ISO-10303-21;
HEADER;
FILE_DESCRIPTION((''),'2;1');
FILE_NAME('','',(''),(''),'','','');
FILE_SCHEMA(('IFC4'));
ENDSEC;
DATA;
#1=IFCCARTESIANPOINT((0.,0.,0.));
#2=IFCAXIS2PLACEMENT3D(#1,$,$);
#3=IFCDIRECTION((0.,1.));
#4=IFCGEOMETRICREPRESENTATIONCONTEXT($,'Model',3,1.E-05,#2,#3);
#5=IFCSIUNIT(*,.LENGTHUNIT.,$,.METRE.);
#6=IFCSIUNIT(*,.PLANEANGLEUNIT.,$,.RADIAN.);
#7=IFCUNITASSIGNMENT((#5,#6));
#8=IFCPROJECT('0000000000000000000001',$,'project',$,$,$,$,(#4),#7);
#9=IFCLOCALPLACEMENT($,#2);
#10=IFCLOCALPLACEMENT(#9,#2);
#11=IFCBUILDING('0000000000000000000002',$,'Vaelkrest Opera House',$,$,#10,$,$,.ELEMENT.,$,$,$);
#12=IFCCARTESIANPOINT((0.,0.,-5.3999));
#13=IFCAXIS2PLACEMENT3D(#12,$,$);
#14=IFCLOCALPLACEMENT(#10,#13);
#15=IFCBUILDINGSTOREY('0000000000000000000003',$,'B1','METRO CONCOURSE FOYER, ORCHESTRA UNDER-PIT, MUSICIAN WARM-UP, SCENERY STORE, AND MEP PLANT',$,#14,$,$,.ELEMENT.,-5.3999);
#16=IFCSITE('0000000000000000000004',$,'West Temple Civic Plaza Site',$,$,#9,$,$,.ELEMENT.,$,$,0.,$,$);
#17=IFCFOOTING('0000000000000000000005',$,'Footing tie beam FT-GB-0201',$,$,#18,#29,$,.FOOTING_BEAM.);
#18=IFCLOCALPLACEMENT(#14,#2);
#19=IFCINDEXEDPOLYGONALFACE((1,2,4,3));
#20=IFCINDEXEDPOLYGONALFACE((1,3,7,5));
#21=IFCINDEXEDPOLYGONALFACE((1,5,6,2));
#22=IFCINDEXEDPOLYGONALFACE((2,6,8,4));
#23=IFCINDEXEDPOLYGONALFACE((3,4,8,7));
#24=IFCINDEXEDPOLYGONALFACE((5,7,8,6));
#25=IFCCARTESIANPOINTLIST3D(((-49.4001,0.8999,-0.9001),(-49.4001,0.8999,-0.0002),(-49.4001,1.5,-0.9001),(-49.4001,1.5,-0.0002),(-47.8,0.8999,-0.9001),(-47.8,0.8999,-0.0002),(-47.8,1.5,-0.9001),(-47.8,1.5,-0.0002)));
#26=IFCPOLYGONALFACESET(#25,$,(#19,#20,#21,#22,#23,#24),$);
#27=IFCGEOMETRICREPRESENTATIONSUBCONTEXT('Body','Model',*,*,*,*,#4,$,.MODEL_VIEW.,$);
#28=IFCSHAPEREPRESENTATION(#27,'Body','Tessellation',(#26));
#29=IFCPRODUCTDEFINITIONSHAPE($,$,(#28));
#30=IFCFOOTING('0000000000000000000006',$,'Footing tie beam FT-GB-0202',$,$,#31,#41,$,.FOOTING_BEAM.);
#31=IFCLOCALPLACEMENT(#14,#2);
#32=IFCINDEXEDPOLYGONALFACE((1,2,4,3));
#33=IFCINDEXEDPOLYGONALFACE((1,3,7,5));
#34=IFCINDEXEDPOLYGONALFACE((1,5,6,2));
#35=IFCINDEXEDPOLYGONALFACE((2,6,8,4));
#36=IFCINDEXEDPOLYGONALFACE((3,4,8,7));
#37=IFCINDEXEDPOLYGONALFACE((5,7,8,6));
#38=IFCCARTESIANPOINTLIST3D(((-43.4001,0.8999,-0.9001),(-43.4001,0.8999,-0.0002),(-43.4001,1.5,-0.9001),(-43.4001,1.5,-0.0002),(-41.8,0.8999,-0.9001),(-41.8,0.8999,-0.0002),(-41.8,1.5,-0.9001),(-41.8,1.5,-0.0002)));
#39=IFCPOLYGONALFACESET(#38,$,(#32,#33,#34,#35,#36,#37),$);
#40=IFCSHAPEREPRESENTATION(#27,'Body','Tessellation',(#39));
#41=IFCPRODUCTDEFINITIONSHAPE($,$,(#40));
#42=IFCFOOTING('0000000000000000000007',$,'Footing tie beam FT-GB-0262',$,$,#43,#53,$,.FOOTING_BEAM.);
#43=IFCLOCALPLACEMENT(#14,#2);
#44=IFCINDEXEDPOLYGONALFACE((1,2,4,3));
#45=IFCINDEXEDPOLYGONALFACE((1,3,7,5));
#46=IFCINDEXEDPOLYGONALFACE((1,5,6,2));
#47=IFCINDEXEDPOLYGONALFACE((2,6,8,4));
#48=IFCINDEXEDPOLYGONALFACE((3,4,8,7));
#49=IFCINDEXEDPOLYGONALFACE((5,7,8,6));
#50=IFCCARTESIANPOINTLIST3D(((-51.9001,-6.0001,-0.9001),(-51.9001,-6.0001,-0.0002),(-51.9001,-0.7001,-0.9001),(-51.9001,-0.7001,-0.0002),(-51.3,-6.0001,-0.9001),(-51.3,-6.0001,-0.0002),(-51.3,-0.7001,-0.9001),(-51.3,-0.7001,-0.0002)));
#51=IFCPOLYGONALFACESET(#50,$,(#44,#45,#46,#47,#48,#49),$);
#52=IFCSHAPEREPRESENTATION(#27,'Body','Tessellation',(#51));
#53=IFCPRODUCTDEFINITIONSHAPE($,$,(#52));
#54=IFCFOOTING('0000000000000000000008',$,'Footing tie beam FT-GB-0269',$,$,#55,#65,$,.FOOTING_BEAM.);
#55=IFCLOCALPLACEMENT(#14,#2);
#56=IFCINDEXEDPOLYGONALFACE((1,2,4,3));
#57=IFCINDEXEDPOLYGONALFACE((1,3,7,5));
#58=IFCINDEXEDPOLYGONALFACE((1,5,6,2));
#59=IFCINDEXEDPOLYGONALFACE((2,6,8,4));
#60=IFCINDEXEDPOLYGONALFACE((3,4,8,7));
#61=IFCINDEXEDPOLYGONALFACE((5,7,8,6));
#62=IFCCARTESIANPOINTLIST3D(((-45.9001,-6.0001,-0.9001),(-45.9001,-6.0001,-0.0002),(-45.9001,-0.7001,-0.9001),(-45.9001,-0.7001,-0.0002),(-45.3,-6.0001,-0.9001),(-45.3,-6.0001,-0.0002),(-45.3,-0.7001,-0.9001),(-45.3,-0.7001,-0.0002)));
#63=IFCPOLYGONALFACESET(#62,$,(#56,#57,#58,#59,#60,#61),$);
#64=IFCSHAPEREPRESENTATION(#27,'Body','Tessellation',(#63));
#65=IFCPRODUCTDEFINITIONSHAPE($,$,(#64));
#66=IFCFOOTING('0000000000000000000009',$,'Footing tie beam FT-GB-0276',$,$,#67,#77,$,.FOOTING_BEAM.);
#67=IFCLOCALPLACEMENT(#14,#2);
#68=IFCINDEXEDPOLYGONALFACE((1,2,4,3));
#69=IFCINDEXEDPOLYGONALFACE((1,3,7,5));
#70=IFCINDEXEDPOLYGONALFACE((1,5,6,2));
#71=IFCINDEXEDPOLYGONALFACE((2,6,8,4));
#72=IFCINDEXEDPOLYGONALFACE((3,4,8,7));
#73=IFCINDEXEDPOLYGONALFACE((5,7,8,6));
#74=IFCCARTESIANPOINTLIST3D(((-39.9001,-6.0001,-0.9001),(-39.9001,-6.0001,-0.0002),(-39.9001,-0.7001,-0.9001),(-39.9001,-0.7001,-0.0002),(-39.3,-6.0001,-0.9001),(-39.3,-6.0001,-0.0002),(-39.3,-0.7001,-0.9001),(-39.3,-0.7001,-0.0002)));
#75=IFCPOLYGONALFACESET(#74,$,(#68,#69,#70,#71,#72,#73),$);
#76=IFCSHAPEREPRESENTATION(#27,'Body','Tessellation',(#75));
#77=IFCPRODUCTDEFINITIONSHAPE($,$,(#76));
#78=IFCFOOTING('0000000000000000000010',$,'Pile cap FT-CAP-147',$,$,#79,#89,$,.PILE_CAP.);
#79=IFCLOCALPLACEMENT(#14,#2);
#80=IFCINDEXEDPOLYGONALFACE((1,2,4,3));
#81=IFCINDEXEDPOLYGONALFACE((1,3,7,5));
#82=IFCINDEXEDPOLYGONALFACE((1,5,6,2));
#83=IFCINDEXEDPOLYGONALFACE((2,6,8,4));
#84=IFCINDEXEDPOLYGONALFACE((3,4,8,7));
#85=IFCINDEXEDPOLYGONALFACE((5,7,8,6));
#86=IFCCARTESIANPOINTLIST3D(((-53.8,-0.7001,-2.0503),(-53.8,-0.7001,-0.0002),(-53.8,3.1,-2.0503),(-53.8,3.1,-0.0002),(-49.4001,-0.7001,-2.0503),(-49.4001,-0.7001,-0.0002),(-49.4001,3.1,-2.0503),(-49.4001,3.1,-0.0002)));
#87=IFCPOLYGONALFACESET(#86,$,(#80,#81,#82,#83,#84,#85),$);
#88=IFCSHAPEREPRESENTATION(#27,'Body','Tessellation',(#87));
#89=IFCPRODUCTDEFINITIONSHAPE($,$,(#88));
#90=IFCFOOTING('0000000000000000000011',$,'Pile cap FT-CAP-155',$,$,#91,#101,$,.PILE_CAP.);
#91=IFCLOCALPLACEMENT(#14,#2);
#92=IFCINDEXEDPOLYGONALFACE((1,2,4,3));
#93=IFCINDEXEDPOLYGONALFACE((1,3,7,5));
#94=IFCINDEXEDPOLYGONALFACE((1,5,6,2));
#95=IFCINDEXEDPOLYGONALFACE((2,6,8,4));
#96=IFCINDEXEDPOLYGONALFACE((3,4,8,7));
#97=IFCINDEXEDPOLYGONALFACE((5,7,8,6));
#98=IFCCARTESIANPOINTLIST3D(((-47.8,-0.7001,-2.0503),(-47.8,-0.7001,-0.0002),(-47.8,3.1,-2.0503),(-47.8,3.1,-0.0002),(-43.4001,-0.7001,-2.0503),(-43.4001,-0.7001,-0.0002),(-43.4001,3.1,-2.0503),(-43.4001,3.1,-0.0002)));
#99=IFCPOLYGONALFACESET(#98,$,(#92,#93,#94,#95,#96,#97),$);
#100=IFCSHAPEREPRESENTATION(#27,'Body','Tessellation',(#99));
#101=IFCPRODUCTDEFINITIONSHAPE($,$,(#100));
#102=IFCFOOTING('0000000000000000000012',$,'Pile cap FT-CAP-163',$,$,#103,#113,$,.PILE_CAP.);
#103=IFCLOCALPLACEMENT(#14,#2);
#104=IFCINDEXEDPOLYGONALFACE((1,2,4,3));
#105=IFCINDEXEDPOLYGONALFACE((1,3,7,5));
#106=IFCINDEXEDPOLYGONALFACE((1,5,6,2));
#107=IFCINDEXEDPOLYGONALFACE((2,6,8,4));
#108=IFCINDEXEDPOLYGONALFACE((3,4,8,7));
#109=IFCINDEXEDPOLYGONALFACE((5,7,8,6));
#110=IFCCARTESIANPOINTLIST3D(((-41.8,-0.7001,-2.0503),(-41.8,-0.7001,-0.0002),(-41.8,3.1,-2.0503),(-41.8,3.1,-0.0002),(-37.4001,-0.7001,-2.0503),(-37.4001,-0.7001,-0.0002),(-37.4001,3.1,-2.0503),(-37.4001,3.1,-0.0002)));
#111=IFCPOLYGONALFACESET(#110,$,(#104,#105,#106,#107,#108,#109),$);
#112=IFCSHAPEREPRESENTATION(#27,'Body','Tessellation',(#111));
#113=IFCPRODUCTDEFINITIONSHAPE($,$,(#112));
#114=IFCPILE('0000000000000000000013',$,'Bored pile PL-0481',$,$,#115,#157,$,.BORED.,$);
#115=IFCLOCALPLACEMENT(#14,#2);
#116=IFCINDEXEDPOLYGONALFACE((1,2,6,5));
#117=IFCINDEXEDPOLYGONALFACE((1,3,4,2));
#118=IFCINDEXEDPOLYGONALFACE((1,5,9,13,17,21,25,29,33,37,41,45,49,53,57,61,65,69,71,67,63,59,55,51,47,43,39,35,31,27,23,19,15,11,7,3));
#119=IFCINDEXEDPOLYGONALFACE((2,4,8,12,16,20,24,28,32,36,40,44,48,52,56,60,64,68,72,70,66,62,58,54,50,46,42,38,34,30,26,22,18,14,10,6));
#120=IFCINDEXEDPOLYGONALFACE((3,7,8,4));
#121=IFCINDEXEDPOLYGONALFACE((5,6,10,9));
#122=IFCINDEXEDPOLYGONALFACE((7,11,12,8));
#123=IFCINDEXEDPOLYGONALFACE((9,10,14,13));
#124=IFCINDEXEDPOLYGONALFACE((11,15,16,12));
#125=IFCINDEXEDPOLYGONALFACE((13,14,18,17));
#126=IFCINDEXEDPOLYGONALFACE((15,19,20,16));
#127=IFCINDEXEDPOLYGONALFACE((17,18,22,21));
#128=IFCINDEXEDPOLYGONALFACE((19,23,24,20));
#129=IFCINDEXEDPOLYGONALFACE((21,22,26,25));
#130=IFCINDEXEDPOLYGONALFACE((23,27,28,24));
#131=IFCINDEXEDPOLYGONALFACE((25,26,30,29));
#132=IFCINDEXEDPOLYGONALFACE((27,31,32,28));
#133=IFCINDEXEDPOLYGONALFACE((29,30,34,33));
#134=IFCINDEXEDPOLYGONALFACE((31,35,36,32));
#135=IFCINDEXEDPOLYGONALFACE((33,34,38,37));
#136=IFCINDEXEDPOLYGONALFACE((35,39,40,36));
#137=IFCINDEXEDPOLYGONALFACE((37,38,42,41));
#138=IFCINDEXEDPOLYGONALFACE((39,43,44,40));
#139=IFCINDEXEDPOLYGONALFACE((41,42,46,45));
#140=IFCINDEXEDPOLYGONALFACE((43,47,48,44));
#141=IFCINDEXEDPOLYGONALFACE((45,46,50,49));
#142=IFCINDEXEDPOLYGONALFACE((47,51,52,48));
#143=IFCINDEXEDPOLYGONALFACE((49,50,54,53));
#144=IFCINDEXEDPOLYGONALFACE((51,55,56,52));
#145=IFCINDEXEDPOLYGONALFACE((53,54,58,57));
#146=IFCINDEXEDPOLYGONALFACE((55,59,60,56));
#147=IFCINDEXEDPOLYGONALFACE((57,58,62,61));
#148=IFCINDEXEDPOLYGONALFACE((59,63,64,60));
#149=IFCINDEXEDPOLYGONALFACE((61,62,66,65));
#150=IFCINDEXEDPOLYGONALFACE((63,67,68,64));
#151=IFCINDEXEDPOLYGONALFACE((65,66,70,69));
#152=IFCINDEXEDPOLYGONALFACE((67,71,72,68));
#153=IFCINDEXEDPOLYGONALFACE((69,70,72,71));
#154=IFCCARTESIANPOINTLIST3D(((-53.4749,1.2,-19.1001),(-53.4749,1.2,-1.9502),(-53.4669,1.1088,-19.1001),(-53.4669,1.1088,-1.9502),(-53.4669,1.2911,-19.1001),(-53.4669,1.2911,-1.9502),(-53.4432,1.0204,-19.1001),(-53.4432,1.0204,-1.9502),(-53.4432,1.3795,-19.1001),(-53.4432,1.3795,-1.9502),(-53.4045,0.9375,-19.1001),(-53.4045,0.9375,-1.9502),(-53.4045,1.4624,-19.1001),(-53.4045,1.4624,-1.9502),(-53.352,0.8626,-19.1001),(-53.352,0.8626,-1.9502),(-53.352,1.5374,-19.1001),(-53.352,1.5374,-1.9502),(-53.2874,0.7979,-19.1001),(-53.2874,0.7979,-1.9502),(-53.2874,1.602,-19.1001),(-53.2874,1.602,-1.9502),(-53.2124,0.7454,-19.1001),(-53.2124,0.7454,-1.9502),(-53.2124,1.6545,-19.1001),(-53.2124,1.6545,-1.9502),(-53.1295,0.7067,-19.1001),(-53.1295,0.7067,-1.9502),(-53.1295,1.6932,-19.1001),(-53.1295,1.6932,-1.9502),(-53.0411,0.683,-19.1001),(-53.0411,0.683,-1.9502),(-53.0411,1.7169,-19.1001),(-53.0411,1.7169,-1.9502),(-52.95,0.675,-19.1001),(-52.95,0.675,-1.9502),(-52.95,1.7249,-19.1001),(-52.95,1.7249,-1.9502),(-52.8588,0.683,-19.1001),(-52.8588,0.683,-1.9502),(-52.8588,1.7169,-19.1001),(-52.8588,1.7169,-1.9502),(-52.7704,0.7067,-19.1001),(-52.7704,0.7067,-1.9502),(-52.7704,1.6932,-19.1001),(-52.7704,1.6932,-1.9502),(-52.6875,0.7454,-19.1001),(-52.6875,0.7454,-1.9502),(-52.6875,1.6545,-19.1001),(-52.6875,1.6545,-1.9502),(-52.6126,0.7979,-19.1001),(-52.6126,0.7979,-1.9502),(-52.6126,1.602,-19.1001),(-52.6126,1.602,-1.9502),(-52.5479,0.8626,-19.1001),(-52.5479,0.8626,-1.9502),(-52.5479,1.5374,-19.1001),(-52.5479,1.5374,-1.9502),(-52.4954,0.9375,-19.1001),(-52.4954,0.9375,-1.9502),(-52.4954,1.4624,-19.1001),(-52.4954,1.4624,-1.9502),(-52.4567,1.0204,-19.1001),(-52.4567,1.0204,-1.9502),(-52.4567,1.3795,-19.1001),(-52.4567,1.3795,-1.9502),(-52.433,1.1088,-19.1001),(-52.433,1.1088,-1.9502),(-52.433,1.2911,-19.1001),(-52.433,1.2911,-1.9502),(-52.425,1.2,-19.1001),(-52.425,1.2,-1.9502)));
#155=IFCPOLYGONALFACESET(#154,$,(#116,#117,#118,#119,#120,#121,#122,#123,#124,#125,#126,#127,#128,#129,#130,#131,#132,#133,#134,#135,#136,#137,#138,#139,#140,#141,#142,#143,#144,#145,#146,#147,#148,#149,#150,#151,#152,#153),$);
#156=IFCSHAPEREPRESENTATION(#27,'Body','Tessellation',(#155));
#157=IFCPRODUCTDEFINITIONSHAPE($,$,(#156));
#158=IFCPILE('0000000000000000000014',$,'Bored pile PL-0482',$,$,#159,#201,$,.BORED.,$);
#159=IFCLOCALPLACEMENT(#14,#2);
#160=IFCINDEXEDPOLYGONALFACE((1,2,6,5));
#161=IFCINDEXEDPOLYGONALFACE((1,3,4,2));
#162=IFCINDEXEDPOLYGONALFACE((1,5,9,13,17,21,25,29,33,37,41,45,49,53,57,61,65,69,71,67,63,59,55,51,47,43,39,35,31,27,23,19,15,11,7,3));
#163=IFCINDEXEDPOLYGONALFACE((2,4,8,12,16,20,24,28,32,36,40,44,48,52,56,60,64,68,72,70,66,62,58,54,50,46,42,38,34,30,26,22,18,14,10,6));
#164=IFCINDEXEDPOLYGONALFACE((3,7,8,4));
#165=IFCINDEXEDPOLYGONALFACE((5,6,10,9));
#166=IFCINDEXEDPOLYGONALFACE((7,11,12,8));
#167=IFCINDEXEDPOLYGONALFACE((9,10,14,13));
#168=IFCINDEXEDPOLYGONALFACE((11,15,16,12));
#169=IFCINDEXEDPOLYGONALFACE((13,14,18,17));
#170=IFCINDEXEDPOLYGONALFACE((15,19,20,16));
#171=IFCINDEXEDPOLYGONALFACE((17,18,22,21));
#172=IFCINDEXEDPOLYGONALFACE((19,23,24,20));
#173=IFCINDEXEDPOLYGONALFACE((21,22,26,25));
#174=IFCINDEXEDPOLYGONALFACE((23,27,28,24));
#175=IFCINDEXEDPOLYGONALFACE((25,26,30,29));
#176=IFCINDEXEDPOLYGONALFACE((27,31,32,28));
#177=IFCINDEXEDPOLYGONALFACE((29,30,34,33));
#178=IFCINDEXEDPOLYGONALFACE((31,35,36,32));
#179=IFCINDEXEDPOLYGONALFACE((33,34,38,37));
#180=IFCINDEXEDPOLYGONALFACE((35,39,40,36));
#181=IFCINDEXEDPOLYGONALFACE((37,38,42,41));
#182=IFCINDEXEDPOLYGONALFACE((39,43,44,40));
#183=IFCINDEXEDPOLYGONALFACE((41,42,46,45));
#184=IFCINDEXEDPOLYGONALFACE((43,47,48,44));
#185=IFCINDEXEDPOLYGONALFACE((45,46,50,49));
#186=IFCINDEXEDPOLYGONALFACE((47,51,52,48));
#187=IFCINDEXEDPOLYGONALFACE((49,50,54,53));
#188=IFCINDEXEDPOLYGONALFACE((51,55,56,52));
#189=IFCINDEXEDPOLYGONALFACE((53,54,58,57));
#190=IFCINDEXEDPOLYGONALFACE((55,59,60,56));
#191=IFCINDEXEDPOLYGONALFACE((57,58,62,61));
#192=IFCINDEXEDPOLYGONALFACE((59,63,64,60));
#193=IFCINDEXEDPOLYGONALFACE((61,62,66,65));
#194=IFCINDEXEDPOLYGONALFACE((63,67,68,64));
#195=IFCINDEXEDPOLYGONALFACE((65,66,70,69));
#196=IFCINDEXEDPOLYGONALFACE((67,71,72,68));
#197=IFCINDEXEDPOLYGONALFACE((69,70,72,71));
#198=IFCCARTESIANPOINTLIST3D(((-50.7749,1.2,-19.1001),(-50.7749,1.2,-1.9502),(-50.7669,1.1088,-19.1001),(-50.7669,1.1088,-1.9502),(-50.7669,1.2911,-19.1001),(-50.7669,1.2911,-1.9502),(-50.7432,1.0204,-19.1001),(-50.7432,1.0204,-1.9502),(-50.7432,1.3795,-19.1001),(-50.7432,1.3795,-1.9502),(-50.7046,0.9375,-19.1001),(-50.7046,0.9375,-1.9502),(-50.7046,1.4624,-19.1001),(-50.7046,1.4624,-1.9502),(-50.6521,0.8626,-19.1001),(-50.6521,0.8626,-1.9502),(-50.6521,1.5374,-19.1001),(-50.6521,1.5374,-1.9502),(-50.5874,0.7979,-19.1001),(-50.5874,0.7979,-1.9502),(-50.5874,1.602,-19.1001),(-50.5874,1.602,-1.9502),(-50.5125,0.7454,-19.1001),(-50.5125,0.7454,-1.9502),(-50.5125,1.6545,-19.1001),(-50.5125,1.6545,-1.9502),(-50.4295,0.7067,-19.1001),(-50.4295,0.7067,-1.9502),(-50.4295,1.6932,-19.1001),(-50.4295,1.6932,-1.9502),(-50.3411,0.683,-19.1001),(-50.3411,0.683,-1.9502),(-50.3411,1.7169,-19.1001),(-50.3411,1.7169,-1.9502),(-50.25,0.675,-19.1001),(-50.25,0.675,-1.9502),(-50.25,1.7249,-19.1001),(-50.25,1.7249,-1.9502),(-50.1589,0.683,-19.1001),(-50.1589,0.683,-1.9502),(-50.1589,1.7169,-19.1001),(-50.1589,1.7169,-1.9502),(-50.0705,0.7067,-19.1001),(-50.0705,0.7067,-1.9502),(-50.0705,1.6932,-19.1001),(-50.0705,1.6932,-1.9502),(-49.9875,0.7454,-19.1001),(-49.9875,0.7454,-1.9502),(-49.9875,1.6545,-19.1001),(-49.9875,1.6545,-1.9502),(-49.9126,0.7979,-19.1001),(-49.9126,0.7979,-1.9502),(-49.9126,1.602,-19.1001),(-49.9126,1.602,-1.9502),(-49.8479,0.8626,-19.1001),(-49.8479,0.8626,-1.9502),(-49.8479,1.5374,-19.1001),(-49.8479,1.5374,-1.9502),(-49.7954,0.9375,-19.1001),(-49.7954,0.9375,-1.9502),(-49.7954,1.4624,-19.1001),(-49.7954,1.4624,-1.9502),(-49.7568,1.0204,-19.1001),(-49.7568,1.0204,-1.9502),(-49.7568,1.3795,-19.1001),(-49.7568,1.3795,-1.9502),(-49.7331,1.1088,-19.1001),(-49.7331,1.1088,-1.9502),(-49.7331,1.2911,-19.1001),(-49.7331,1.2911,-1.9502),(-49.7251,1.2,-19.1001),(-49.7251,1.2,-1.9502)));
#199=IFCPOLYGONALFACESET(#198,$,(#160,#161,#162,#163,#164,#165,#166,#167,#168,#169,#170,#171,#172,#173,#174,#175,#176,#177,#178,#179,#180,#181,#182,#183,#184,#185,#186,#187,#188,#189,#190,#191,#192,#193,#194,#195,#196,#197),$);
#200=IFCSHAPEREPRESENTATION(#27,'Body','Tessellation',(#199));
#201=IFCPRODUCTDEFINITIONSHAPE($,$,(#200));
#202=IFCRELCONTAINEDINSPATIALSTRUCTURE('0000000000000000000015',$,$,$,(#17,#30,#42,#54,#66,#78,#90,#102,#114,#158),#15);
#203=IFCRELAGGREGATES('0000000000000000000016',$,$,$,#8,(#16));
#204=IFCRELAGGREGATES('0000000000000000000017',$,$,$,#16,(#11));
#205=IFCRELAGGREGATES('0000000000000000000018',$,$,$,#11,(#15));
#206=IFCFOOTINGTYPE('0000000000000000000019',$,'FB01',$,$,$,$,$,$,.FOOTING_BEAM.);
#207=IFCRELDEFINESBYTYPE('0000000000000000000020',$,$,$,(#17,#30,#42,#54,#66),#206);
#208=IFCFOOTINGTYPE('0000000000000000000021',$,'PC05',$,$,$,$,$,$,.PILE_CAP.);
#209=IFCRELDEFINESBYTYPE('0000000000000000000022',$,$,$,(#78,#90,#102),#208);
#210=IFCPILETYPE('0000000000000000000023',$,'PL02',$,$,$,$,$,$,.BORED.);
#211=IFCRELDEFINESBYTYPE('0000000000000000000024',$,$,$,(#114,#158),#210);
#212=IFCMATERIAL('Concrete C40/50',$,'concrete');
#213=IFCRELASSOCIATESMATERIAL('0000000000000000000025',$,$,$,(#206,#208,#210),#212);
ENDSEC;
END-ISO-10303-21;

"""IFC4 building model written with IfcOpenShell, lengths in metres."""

from ifc_helpers import new_model, si_unit, direction, frame, origin, origin_2d, place, context, subcontext, project, spatial, rectangle, circle, extrude, material, material_profile, profile_set, type_object, element, save


model = new_model("IFC4")

# Units and contexts
model_context = context("Model", 3, precision=1e-05, world=origin(), true_north=direction((0.0, 1.0)))
body_context = subcontext(model_context, "Body", "Model", "MODEL_VIEW")
ifc_project = project(units=[si_unit("LENGTHUNIT", "METRE"), si_unit("PLANEANGLEUNIT", "RADIAN")], contexts=[model_context])

# Site, building, storey
site_placement = place(None, origin())
site = spatial("IfcSite", under=ifc_project, at=site_placement, Name="West Temple Civic Plaza Site", CompositionType="ELEMENT", RefElevation=0.0)
building_placement = place(site_placement, origin())
building = spatial("IfcBuilding", under=site, at=building_placement, Name="Vaelkrest Opera House", CompositionType="ELEMENT")
storey_placement = place(building_placement, frame((0.0, 0.0, -5.3999)))
storey = spatial("IfcBuildingStorey", under=building, at=storey_placement, Name="B1", Description="METRO CONCOURSE FOYER, ORCHESTRA UNDER-PIT, MUSICIAN WARM-UP, SCENERY STORE, AND MEP PLANT", CompositionType="ELEMENT", Elevation=-5.3999)

# Footings
ifc_material_1 = material(Name="Concrete C40/50", Category="concrete")
footing_type_1 = type_object("IfcFootingType", Name="FB01", PredefinedType="FOOTING_BEAM", material=ifc_material_1)
for number, where, z_axis, x_axis, name in (
    (1, (-48.6001, 1.2, -0.9001), (0.0, 0.0, 1.0), (1.0, 0.0, 0.0), "Footing tie beam FT-GB-0201"),
    (2, (-42.6001, 1.2, -0.9001), (0.0, 0.0, 1.0), (1.0, 0.0, 0.0), "Footing tie beam FT-GB-0202"),
):
    element("IfcFooting", number, at=place(storey_placement, frame(where, z_axis=z_axis, x_axis=x_axis)), inside=storey, type_object=footing_type_1, Name=name, PredefinedType="FOOTING_BEAM", context=body_context, shape_type="SweptSolid", body=[
        extrude(rectangle(XDim=1.6001, YDim=0.6001, at=origin_2d()), origin(), (0.0, 0.0, 1.0), 0.8999),
    ])
for number, where, z_axis, x_axis, name in (
    (3, (-51.6001, -3.3501, -0.9001), (0.0, 0.0, 1.0), (0.0, 1.0, 0.0), "Footing tie beam FT-GB-0262"),
    (4, (-45.6001, -3.3501, -0.9001), (0.0, 0.0, 1.0), (0.0, 1.0, 0.0), "Footing tie beam FT-GB-0269"),
    (5, (-39.6001, -3.3501, -0.9001), (0.0, 0.0, 1.0), (0.0, 1.0, 0.0), "Footing tie beam FT-GB-0276"),
):
    element("IfcFooting", number, at=place(storey_placement, frame(where, z_axis=z_axis, x_axis=x_axis)), inside=storey, type_object=footing_type_1, Name=name, PredefinedType="FOOTING_BEAM", context=body_context, shape_type="SweptSolid", body=[
        extrude(rectangle(XDim=5.3, YDim=0.6001, at=origin_2d()), origin(), (0.0, 0.0, 1.0), 0.8999),
    ])
footing_type_2 = type_object("IfcFootingType", Name="PC05", PredefinedType="PILE_CAP", material=ifc_material_1)
for number, where, z_axis, x_axis, name in (
    (6, (-51.6001, 1.2, -2.0503), (0.0, 0.0, 1.0), (1.0, 0.0, 0.0), "Pile cap FT-CAP-147"),
    (7, (-45.6001, 1.2, -2.0503), (0.0, 0.0, 1.0), (1.0, 0.0, 0.0), "Pile cap FT-CAP-155"),
    (8, (-39.6001, 1.2, -2.0503), (0.0, 0.0, 1.0), (1.0, 0.0, 0.0), "Pile cap FT-CAP-163"),
):
    element("IfcFooting", number, at=place(storey_placement, frame(where, z_axis=z_axis, x_axis=x_axis)), inside=storey, type_object=footing_type_2, Name=name, PredefinedType="PILE_CAP", context=body_context, shape_type="SweptSolid", body=[
        extrude(rectangle(XDim=4.3999, YDim=3.8, at=origin_2d()), origin(), (0.0, 0.0, 1.0), 2.05),
    ])

# Piles
ifc_material_profile_1 = material_profile(ifc_material_1, circle(Radius=0.5249, at=origin_2d()), Name="PILE1050")
ifc_profile_set_1 = profile_set([ifc_material_profile_1], Name="Concrete C40/50")
pile_type = type_object("IfcPileType", Name="PL02", PredefinedType="BORED", material=ifc_profile_set_1)
for number, where, z_axis, x_axis, name in (
    (9, (-52.95, 1.2, -1.9502), (0.0, 0.0, -1.0), (1.0, 0.0, 0.0), "Bored pile PL-0481"),
    (10, (-50.25, 1.2, -1.9502), (0.0, 0.0, -1.0), (1.0, 0.0, 0.0), "Bored pile PL-0482"),
):
    element("IfcPile", number, at=place(storey_placement, frame(where, z_axis=z_axis, x_axis=x_axis)), inside=storey, type_object=pile_type, Name=name, PredefinedType="BORED", context=body_context, shape_type="SweptSolid", body=[
        extrude(circle(Radius=0.5249, at=origin_2d()), origin(), (0.0, 0.0, 1.0), 17.1499),
    ])

save(model, "model.ifc")
